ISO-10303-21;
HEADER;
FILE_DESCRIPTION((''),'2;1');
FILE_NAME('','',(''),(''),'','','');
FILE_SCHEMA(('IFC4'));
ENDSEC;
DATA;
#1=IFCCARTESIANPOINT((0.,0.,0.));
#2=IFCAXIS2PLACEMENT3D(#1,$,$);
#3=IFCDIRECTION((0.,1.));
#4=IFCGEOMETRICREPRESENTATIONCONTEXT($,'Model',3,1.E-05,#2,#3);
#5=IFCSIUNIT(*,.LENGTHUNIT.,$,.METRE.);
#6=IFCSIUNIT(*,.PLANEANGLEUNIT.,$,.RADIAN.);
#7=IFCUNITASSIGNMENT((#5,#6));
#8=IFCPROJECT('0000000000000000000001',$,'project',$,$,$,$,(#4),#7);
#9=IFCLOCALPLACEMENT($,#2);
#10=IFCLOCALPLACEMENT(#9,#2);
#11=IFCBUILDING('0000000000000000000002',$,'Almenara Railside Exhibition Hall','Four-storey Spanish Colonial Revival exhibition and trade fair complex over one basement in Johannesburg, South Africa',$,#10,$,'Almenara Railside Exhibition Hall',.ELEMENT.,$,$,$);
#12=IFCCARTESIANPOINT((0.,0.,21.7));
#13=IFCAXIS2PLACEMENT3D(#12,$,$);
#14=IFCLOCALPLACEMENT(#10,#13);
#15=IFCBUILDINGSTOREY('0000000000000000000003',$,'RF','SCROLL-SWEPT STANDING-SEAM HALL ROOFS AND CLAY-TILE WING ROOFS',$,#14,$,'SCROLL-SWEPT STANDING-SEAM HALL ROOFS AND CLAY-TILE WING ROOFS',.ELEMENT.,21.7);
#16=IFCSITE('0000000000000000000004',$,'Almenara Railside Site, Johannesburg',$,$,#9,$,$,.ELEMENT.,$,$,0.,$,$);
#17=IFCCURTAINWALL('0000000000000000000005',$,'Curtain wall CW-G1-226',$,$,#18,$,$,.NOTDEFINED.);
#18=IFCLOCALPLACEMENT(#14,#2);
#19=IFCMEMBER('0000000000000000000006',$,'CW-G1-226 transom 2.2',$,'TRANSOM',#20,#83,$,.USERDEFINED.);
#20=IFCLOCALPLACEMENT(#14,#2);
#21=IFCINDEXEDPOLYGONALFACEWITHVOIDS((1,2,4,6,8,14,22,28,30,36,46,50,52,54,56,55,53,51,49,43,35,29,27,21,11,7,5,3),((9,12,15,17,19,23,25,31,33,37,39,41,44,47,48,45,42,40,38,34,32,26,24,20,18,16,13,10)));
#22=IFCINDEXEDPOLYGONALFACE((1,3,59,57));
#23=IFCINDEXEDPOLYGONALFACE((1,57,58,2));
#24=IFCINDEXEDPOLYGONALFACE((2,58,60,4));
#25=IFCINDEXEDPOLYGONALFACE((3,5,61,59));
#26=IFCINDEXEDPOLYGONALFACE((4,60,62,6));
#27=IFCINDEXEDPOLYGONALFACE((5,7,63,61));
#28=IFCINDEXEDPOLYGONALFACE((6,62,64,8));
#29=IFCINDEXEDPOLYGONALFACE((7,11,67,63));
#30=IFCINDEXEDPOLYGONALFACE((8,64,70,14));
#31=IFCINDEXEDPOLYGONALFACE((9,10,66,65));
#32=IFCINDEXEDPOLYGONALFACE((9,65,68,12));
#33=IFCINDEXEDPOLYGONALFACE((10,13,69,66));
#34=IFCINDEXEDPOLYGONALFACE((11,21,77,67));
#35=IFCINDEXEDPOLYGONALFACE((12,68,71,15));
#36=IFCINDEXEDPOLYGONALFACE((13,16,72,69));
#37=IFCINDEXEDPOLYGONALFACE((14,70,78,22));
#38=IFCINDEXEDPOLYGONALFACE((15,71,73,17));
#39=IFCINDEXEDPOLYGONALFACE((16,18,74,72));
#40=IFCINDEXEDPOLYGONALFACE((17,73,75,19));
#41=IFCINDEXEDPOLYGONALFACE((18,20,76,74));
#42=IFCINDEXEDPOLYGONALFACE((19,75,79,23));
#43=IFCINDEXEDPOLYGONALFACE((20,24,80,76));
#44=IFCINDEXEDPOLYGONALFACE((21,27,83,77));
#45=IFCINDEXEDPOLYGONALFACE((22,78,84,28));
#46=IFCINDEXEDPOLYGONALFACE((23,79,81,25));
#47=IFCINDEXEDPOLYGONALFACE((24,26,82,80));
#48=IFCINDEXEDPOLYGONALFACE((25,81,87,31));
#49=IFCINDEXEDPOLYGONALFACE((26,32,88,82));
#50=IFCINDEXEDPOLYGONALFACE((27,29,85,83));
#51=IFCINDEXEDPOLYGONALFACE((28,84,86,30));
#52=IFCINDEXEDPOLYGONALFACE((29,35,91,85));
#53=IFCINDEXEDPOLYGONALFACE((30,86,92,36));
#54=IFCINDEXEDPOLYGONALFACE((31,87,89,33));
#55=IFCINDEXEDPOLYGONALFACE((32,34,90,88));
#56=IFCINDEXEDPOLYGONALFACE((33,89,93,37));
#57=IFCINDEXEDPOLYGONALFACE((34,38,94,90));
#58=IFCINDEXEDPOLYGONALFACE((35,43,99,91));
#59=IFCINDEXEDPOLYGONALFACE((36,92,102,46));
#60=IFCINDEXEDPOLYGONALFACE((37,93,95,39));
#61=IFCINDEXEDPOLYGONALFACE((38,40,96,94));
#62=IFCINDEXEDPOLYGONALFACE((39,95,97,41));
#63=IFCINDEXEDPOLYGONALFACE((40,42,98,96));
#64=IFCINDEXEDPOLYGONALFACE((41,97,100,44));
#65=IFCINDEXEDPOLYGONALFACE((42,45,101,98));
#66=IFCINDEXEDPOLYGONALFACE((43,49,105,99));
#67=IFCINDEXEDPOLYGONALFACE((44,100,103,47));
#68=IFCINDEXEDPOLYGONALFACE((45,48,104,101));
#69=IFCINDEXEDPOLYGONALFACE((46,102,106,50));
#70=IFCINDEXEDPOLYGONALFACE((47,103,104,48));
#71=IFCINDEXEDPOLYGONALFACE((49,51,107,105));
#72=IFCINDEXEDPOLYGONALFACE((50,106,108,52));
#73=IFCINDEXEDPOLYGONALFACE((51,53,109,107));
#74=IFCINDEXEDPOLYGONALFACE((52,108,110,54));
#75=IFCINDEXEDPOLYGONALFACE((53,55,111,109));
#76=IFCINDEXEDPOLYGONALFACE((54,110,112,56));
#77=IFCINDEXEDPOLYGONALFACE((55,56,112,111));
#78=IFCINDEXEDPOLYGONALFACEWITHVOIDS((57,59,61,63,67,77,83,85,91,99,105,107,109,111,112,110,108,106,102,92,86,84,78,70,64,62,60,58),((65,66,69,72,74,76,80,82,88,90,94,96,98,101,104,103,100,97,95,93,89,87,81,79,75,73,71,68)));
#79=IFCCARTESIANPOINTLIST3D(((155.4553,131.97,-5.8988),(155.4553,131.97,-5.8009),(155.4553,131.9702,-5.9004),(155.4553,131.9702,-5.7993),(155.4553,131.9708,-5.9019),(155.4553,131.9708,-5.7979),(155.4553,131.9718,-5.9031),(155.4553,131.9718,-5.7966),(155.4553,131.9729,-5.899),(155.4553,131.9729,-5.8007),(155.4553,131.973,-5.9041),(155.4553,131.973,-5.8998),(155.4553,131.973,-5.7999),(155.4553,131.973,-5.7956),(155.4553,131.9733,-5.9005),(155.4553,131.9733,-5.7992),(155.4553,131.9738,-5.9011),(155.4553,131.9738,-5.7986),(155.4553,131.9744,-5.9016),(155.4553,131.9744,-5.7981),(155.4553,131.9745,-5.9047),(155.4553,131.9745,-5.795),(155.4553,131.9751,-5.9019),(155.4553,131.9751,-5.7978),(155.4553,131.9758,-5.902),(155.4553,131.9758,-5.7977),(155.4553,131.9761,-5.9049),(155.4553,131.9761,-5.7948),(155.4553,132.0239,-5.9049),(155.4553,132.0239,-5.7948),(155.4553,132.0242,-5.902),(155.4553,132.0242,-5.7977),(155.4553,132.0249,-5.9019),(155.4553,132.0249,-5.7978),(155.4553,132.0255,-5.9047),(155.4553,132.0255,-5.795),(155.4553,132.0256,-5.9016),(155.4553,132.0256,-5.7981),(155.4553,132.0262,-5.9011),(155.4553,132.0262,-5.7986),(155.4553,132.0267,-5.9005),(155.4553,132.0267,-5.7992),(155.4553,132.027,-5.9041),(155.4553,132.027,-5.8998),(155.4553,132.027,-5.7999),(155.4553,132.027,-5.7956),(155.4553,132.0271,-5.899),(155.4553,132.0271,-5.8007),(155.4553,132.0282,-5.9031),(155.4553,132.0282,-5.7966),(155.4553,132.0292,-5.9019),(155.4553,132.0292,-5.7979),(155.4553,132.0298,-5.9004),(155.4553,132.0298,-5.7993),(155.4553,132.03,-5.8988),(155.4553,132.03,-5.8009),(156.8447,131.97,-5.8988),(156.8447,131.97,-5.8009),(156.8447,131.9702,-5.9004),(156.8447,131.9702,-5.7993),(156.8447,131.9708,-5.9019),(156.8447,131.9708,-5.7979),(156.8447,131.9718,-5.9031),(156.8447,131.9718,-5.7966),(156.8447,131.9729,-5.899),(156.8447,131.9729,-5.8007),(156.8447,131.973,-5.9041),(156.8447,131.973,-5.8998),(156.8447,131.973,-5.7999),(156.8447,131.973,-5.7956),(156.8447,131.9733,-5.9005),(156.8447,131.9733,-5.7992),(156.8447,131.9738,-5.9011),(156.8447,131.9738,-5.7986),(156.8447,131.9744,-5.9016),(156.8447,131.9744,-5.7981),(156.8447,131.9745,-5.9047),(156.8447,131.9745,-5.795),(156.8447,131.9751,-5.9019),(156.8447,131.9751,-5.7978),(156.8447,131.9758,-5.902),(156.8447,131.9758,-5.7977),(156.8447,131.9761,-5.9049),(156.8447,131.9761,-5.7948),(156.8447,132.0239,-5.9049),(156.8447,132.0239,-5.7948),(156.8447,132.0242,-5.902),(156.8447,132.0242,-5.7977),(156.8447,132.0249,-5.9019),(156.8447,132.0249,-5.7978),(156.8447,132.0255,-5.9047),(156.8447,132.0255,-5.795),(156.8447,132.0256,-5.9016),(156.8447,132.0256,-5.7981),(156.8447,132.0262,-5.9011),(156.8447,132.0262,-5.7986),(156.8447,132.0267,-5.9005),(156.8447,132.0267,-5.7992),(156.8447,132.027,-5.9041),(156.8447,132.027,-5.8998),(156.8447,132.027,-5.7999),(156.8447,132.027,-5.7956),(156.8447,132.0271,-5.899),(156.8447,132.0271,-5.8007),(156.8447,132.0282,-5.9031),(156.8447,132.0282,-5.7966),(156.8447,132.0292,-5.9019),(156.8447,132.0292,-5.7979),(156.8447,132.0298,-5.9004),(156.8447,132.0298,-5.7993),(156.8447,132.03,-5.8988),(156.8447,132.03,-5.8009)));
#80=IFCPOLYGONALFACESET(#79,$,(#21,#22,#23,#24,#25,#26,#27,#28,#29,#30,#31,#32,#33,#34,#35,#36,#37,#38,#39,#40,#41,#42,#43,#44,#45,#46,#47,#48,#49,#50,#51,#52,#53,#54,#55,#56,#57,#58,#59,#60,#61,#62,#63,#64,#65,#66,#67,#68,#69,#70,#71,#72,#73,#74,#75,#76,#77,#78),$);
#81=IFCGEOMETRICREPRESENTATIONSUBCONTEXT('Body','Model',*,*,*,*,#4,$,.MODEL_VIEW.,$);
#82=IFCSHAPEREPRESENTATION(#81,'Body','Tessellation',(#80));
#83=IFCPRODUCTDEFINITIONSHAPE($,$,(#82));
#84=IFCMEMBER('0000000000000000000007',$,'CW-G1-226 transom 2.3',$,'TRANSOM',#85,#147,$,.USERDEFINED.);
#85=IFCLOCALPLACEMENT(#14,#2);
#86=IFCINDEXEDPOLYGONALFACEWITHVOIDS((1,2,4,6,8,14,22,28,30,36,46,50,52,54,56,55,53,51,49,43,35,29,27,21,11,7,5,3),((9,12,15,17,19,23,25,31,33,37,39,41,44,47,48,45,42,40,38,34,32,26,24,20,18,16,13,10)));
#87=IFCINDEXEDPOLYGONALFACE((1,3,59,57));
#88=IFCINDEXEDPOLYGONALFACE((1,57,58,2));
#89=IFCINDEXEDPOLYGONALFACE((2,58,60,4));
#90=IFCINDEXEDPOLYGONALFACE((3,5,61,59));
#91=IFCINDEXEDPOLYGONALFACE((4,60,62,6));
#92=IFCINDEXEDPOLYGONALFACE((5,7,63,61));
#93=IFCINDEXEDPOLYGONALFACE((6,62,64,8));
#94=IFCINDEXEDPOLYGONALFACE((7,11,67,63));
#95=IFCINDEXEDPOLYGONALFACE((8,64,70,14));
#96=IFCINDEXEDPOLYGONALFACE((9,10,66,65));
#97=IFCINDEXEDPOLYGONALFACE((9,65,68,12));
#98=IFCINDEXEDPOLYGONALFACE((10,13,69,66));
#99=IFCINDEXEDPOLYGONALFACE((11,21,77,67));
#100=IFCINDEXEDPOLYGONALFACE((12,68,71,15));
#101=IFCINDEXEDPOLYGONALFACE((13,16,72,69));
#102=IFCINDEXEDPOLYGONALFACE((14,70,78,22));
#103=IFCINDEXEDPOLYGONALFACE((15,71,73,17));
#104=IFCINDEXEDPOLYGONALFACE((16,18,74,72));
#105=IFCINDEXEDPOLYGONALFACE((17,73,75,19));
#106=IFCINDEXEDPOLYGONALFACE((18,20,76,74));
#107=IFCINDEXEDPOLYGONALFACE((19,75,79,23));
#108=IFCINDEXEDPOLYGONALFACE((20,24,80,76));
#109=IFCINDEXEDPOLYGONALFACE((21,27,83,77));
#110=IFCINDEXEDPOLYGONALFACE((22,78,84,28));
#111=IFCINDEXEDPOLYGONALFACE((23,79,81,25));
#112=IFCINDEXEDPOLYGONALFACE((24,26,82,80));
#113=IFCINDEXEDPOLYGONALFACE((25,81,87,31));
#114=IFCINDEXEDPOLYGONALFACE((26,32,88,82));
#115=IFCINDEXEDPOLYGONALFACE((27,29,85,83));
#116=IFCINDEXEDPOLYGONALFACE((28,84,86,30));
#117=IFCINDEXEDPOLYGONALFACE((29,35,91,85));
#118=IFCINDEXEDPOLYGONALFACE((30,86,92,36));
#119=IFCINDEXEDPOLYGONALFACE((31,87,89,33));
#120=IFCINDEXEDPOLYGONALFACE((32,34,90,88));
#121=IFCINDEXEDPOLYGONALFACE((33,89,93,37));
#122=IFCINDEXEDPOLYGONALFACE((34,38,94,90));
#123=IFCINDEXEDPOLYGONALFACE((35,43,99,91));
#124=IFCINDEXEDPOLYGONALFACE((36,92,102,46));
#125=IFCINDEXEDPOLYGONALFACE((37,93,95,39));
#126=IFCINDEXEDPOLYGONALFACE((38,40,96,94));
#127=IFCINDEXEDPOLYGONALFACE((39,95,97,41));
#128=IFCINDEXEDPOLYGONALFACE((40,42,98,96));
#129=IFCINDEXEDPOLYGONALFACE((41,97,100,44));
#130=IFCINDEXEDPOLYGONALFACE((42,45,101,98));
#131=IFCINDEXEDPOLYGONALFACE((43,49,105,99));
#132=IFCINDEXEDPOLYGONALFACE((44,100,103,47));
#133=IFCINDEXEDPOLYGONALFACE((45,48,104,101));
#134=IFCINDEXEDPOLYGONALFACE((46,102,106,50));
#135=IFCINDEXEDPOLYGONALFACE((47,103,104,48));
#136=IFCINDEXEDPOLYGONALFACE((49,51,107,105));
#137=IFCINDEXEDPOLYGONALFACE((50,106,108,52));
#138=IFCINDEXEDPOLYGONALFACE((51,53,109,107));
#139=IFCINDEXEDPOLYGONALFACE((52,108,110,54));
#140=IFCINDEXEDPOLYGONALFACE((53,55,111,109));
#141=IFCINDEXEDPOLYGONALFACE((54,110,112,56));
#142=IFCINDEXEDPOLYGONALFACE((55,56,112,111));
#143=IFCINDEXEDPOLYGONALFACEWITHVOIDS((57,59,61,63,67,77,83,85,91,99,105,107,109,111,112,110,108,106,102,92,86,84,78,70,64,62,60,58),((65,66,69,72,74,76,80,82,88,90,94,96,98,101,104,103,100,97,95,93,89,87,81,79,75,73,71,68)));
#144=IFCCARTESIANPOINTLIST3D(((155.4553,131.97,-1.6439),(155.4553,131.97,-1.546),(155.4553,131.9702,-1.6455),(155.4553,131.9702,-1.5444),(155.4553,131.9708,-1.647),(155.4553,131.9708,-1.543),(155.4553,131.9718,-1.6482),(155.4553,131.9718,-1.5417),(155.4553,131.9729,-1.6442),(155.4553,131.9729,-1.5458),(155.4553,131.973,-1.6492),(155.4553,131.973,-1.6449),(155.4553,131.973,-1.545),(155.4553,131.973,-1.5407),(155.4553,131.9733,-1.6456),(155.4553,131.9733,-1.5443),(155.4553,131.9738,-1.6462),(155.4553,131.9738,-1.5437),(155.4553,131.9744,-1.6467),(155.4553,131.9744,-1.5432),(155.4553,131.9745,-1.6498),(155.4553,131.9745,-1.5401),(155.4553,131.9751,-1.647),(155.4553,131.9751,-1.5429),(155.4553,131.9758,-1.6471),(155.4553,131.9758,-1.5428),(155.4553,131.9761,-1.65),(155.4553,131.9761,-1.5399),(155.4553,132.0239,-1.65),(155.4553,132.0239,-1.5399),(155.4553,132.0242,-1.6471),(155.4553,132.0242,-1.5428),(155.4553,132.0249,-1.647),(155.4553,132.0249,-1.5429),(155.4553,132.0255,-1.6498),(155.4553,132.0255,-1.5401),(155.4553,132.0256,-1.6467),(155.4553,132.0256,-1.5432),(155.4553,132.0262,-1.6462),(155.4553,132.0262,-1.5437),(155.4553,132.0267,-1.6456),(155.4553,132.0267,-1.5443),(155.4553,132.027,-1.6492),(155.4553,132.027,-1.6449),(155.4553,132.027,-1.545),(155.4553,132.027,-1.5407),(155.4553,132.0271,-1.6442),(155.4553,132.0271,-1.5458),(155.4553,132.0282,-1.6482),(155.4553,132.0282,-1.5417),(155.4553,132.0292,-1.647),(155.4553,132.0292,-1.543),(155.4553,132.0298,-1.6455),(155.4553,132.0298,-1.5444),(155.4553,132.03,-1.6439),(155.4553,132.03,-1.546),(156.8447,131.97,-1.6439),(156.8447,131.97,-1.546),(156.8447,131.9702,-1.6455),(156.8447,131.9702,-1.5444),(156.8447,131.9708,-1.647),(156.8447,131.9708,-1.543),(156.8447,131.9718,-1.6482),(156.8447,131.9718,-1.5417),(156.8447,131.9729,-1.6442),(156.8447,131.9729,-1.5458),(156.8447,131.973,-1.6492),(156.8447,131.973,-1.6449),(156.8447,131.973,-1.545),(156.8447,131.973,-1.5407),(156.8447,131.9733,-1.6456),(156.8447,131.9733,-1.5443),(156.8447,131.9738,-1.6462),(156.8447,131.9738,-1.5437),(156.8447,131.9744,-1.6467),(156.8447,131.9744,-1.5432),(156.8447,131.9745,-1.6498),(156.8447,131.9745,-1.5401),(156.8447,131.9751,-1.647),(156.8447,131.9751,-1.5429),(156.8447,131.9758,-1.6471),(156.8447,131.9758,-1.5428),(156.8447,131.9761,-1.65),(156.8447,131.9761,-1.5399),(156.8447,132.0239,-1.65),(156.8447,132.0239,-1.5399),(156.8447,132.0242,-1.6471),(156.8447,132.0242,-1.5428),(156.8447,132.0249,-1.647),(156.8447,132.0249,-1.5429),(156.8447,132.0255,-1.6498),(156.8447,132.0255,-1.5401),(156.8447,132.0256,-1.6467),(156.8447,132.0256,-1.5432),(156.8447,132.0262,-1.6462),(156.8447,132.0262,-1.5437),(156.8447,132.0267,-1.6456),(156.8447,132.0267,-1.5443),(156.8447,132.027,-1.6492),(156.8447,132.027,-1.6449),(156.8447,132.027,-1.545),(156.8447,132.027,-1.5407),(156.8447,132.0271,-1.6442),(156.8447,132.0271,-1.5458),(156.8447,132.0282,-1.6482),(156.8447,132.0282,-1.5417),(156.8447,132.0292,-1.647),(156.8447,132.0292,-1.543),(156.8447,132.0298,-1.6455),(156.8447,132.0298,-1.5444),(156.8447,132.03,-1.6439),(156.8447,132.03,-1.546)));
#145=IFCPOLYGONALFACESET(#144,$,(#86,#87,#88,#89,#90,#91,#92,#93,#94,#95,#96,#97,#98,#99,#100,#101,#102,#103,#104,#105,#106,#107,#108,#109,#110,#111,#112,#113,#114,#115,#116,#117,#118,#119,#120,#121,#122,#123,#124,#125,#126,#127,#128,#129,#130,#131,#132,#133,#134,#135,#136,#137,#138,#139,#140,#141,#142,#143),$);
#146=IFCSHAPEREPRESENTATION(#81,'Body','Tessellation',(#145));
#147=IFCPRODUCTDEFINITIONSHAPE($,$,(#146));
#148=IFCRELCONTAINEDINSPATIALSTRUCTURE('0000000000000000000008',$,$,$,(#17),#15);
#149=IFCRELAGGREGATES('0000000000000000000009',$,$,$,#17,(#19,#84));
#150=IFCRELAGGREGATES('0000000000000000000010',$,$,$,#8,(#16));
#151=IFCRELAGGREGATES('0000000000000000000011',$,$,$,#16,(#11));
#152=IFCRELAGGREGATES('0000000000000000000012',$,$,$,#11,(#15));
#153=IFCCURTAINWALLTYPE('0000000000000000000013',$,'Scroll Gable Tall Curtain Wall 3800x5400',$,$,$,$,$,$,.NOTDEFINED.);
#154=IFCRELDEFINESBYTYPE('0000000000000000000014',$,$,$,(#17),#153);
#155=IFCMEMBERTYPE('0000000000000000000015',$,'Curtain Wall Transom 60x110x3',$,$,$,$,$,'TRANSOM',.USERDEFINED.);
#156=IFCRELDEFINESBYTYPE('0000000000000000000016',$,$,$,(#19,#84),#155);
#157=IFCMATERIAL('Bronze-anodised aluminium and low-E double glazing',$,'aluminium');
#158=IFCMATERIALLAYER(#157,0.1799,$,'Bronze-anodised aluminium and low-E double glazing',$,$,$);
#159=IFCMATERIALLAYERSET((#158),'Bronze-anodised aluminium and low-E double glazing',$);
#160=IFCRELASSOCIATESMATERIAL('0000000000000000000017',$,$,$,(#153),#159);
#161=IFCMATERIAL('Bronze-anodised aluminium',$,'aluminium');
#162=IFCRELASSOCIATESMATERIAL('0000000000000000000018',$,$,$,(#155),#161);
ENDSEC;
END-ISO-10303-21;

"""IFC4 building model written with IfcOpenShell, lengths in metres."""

from ifc_helpers import new_model, si_unit, direction, frame, origin, origin_2d, place, context, subcontext, project, spatial, hollow_rectangle, extrude, material, layer, layer_set, material_profile, profile_set, type_object, element, aggregate, save


model = new_model("IFC4")

# Units and contexts
model_context = context("Model", 3, precision=1e-05, world=origin(), true_north=direction((0.0, 1.0)))
body_context = subcontext(model_context, "Body", "Model", "MODEL_VIEW")
ifc_project = project(units=[si_unit("LENGTHUNIT", "METRE"), si_unit("PLANEANGLEUNIT", "RADIAN")], contexts=[model_context])

# Site, building, storey
site_placement = place(None, origin())
site = spatial("IfcSite", under=ifc_project, at=site_placement, Name="Almenara Railside Site, Johannesburg", CompositionType="ELEMENT", RefElevation=0.0)
building_placement = place(site_placement, origin())
building = spatial("IfcBuilding", under=site, at=building_placement, Name="Almenara Railside Exhibition Hall", Description="Four-storey Spanish Colonial Revival exhibition and trade fair complex over one basement in Johannesburg, South Africa", LongName="Almenara Railside Exhibition Hall", CompositionType="ELEMENT")
storey_placement = place(building_placement, frame((0.0, 0.0, 21.7)))
storey = spatial("IfcBuildingStorey", under=building, at=storey_placement, Name="RF", Description="SCROLL-SWEPT STANDING-SEAM HALL ROOFS AND CLAY-TILE WING ROOFS", LongName="SCROLL-SWEPT STANDING-SEAM HALL ROOFS AND CLAY-TILE WING ROOFS", CompositionType="ELEMENT", Elevation=21.7)

# Curtain wall
ifc_material_1 = material(Name="Bronze-anodised aluminium and low-E double glazing", Category="aluminium")
ifc_layer_1 = layer(ifc_material_1, 0.1799, Name="Bronze-anodised aluminium and low-E double glazing")
ifc_layer_set_1 = layer_set([ifc_layer_1], Name="Bronze-anodised aluminium and low-E double glazing")
curtain_wall_type = type_object("IfcCurtainWallType", Name="Scroll Gable Tall Curtain Wall 3800x5400", PredefinedType="NOTDEFINED", material=ifc_layer_set_1)
ifc_material_2 = material(Name="Bronze-anodised aluminium", Category="aluminium")
curtain_wall_1_placement = place(storey_placement, origin())
curtain_wall_1 = element("IfcCurtainWall", 1, at=curtain_wall_1_placement, inside=storey, type_object=curtain_wall_type, Name="Curtain wall CW-G1-226", PredefinedType="NOTDEFINED")

# Members
ifc_material_profile_1 = material_profile(ifc_material_2, hollow_rectangle(XDim=0.0601, YDim=0.1101, WallThickness=0.0029, InnerFilletRadius=0.0029, OuterFilletRadius=0.0061, at=origin_2d()), Name="ALU-TRN 60x110x3")
ifc_profile_set_1 = profile_set([ifc_material_profile_1], Name="Bronze-anodised aluminium")
member_type_1 = type_object("IfcMemberType", Name="Curtain Wall Transom 60x110x3", ElementType="TRANSOM", PredefinedType="USERDEFINED", material=ifc_profile_set_1)
member_1_placement = place(storey_placement, frame((155.4553, 132.0, -5.8499), z_axis=(1.0, 0.0, 0.0), x_axis=(0.0, 1.0, 0.0)))
member_1 = element("IfcMember", 2, at=member_1_placement, type_object=member_type_1, Name="CW-G1-226 transom 2.2", ObjectType="TRANSOM", PredefinedType="USERDEFINED", context=body_context, shape_type="SweptSolid", body=[
    extrude(hollow_rectangle(XDim=0.0601, YDim=0.1101, WallThickness=0.0029, InnerFilletRadius=0.0029, OuterFilletRadius=0.0061, at=origin_2d()), origin(), (0.0, 0.0, 1.0), 1.3894),
])
member_2_placement = place(storey_placement, frame((155.4553, 132.0, -1.595), z_axis=(1.0, 0.0, 0.0), x_axis=(0.0, 1.0, 0.0)))
member_2 = element("IfcMember", 3, at=member_2_placement, type_object=member_type_1, Name="CW-G1-226 transom 2.3", ObjectType="TRANSOM", PredefinedType="USERDEFINED", context=body_context, shape_type="SweptSolid", body=[
    extrude(hollow_rectangle(XDim=0.0601, YDim=0.1101, WallThickness=0.0029, InnerFilletRadius=0.0029, OuterFilletRadius=0.0061, at=origin_2d()), origin(), (0.0, 0.0, 1.0), 1.3894),
])

aggregate(curtain_wall_1, [member_1, member_2])

save(model, "model.ifc")
